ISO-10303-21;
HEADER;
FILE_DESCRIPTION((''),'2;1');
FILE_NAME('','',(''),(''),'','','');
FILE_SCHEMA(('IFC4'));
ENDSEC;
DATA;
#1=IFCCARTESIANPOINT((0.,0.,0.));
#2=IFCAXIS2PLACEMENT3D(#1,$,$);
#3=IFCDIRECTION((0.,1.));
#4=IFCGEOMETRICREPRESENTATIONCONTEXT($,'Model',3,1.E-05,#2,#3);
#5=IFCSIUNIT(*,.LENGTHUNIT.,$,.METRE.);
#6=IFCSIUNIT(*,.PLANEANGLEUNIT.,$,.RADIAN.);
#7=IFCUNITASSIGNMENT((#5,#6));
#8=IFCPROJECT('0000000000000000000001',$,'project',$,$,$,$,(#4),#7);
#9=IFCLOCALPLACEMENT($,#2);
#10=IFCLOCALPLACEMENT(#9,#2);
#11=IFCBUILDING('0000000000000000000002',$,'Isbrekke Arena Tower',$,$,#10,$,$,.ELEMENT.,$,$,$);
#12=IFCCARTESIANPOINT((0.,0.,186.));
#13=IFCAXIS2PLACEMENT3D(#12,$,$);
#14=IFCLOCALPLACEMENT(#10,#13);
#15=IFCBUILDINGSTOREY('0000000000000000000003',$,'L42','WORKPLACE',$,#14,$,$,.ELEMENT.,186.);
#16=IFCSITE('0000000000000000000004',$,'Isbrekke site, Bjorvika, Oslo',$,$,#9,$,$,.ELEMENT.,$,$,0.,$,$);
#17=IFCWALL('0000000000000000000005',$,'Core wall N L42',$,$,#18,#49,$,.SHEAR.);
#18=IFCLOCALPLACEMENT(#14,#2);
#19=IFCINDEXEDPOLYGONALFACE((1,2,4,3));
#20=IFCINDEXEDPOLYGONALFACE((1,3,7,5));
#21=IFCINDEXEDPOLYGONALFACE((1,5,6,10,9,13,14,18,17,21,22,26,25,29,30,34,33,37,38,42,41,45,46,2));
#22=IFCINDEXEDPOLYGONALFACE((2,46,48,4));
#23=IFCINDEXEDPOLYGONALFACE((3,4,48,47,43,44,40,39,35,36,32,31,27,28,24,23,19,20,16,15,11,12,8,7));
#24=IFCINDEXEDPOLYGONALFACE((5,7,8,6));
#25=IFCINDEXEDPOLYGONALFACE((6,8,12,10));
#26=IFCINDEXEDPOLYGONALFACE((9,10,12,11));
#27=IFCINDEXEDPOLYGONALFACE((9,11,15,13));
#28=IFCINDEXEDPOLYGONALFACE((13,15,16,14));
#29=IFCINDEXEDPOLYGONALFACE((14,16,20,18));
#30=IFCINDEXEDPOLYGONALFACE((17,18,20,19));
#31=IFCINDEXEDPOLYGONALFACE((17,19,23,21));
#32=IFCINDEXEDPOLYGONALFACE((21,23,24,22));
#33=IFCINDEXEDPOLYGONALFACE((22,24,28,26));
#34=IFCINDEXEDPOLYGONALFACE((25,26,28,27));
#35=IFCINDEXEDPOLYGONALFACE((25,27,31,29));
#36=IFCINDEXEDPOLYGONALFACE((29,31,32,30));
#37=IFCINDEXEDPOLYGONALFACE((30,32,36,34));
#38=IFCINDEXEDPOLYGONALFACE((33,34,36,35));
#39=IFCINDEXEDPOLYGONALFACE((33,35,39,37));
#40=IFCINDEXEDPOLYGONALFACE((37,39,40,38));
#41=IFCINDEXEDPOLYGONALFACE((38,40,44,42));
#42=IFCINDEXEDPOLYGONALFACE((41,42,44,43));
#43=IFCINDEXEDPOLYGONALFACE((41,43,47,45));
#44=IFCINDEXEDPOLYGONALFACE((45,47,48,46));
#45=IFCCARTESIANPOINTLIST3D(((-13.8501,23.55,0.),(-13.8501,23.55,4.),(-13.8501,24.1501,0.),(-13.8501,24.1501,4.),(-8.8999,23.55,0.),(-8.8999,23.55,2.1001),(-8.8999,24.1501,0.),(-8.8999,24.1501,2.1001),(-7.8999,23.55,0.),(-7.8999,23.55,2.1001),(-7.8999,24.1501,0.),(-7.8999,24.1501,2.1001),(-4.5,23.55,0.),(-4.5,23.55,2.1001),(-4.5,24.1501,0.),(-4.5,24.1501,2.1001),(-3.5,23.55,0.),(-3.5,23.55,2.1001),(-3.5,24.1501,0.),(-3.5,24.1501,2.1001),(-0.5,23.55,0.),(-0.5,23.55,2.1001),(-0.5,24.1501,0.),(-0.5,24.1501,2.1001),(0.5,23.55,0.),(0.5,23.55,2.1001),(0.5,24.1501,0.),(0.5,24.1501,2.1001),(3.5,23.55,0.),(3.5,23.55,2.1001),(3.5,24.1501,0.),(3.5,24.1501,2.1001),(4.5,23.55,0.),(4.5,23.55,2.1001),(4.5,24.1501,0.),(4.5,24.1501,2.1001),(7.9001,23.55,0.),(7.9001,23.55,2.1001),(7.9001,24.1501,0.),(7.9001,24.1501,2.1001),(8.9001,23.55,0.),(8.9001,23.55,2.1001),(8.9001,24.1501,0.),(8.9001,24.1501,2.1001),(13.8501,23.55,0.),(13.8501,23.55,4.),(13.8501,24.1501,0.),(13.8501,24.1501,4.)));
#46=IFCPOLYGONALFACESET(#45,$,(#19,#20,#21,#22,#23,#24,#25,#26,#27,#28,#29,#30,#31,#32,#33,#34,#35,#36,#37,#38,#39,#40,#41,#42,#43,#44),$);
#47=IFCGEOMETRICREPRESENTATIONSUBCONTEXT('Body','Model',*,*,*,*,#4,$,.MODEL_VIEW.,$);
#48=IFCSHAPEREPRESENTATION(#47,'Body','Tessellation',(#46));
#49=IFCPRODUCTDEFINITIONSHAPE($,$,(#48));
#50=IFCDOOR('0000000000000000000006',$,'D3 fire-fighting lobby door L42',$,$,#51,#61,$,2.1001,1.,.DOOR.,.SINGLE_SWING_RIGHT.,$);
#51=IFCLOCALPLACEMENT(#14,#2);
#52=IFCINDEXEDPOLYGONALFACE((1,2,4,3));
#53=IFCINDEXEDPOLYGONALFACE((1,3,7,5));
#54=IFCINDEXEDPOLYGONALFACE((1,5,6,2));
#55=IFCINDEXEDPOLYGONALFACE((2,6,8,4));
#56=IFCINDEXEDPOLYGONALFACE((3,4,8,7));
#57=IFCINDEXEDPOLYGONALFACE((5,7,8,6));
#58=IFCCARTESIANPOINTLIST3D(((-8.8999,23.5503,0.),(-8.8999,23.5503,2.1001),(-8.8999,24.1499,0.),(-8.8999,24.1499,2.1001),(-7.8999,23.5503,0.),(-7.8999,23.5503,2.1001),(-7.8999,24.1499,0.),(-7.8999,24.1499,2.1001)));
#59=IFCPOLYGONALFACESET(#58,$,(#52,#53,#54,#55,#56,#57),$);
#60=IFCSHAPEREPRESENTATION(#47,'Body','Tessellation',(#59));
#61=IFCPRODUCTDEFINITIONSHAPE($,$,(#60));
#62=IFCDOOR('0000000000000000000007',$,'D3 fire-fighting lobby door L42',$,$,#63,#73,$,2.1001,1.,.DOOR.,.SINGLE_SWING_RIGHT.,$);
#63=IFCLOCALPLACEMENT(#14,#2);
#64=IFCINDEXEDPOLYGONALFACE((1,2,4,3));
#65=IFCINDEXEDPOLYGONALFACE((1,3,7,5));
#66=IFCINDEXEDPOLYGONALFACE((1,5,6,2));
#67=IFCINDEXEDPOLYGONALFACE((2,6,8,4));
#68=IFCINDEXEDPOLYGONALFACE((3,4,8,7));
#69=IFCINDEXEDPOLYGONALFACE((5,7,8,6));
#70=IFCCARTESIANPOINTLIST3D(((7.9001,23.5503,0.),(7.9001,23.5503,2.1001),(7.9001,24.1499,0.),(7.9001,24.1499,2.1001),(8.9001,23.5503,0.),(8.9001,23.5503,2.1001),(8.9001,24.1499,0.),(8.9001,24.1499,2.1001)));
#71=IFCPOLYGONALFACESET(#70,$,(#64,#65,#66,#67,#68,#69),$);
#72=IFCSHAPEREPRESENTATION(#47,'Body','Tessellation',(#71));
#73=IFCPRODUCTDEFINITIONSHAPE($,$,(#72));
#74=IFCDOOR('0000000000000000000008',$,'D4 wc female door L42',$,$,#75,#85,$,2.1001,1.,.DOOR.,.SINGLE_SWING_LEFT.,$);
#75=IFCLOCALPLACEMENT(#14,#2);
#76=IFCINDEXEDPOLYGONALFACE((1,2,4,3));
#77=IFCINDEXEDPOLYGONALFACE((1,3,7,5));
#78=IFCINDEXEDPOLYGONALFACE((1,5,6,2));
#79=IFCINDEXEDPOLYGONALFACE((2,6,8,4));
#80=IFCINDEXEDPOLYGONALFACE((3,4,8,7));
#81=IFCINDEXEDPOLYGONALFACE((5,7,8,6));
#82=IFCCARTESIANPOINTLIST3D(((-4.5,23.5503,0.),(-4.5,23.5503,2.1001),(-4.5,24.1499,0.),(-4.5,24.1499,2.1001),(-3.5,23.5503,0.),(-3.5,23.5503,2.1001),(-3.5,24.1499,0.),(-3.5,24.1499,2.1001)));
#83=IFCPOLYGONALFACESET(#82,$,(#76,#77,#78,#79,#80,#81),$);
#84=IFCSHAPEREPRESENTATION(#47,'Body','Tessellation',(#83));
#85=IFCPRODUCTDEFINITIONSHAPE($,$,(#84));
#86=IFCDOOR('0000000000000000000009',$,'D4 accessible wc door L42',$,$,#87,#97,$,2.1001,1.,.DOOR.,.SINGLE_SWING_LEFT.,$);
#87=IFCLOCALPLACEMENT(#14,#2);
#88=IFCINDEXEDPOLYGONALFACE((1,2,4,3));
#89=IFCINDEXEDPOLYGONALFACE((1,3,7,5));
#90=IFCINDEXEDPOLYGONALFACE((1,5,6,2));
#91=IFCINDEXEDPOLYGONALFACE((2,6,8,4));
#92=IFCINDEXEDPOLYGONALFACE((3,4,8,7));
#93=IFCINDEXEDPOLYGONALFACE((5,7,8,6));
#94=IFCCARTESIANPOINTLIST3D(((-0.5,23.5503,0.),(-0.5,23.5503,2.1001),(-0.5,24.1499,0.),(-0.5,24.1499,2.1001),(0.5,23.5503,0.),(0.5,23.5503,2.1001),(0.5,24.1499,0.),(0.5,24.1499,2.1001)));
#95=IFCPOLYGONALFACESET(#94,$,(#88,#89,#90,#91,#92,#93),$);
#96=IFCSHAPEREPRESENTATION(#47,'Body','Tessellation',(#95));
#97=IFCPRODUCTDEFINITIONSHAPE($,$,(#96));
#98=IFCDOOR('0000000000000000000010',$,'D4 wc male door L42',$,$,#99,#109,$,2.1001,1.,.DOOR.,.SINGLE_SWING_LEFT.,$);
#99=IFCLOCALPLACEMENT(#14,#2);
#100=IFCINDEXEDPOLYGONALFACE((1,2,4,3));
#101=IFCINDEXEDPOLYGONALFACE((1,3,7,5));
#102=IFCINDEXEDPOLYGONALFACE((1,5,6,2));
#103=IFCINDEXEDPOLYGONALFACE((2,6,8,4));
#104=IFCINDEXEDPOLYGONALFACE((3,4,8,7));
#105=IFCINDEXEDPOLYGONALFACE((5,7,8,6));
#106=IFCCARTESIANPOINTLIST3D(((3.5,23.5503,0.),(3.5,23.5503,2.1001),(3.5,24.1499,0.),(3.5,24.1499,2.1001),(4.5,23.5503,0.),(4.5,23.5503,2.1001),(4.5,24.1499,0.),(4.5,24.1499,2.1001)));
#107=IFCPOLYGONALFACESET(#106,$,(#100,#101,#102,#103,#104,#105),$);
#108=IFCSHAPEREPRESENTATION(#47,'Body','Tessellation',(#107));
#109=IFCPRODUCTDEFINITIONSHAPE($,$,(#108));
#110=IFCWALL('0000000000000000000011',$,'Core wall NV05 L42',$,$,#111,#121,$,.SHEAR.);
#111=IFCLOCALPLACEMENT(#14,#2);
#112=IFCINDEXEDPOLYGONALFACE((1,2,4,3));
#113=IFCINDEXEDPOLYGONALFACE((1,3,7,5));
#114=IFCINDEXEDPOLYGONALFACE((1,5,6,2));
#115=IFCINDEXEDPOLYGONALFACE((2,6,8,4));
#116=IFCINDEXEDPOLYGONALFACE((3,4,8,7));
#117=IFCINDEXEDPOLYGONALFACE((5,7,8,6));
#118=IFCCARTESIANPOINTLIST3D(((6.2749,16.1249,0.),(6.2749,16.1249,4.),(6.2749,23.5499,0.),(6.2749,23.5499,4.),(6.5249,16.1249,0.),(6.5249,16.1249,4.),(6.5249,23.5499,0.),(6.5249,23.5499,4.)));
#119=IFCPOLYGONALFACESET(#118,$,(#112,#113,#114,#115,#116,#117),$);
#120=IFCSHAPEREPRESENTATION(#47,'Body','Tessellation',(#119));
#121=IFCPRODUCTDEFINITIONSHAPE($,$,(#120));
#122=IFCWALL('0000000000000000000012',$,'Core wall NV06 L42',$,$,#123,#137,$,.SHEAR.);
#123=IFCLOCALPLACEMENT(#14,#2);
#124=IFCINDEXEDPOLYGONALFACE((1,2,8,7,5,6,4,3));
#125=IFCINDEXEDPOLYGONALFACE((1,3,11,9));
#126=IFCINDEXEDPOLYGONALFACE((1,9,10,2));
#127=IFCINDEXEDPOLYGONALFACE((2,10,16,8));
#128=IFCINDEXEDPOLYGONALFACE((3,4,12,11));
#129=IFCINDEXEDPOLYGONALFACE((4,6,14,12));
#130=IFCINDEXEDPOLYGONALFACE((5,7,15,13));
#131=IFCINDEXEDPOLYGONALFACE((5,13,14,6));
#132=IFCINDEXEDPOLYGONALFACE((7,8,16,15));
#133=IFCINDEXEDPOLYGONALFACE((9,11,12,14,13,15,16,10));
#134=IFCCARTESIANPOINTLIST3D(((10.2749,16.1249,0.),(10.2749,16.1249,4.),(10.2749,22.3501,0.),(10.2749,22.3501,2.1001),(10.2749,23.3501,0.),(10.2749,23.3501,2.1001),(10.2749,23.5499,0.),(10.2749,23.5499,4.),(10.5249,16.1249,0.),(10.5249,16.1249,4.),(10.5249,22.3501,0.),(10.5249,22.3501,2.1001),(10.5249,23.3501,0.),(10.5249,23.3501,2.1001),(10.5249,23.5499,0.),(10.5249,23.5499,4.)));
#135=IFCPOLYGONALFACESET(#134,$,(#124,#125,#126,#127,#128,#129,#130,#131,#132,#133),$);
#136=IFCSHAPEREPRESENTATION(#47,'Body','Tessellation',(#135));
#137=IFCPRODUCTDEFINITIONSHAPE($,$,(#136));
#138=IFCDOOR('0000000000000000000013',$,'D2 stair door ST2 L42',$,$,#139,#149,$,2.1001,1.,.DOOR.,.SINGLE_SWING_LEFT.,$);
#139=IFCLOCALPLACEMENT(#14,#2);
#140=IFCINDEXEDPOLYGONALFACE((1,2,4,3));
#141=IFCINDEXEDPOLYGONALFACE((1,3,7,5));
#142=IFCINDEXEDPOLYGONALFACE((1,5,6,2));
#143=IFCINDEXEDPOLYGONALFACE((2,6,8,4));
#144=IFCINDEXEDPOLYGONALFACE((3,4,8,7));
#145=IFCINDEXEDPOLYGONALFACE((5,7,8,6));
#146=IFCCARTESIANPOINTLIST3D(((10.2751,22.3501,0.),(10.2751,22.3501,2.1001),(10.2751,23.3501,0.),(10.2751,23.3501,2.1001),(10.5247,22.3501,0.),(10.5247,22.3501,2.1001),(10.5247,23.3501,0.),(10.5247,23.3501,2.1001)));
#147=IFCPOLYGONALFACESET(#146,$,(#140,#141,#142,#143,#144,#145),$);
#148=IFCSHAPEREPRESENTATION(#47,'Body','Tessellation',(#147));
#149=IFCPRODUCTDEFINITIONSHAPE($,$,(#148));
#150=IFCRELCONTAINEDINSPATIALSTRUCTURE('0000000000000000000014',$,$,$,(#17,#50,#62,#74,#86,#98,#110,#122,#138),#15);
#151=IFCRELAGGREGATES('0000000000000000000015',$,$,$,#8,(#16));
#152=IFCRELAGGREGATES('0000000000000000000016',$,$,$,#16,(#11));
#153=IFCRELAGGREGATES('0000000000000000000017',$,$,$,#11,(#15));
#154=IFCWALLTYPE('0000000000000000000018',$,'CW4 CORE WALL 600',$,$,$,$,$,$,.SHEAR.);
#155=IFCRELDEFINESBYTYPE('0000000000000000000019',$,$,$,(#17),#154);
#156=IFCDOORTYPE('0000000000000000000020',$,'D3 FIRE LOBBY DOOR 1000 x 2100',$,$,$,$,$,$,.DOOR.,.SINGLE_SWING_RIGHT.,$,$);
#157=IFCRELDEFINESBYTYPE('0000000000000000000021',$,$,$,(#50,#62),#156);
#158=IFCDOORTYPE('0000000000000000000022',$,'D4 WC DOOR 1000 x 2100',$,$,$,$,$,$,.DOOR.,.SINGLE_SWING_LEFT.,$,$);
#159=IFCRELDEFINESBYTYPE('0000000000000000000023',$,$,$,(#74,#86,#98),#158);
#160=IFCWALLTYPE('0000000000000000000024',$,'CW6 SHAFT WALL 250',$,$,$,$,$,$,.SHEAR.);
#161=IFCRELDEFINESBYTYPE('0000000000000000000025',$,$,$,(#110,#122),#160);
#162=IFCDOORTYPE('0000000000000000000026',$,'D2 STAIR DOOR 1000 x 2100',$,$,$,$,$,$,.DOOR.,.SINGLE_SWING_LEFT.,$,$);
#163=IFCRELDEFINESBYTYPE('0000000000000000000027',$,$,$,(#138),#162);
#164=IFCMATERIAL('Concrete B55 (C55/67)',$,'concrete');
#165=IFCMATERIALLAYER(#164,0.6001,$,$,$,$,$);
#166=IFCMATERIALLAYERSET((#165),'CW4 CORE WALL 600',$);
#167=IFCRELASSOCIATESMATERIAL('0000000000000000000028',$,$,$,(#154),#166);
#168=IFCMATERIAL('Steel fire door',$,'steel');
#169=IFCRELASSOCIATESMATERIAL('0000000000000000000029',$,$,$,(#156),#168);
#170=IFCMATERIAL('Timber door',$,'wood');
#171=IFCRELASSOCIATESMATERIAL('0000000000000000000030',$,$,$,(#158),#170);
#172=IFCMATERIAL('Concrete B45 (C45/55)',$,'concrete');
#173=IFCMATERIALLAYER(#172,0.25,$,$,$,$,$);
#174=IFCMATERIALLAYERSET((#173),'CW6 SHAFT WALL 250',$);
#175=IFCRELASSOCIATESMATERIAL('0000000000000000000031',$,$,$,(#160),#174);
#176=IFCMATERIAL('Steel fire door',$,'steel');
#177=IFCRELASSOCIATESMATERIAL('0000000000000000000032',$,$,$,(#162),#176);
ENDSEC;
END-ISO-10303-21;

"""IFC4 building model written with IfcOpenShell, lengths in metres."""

from ifc_helpers import new_model, si_unit, direction, frame, frame_2d, origin, place, context, subcontext, project, spatial, rectangle, extrude, material, layer, layer_set, type_object, element, fill, save


model = new_model("IFC4")

# Units and contexts
model_context = context("Model", 3, precision=1e-05, world=origin(), true_north=direction((0.0, 1.0)))
body_context = subcontext(model_context, "Body", "Model", "MODEL_VIEW")
ifc_project = project(units=[si_unit("LENGTHUNIT", "METRE"), si_unit("PLANEANGLEUNIT", "RADIAN")], contexts=[model_context])

# Site, building, storey
site_placement = place(None, origin())
site = spatial("IfcSite", under=ifc_project, at=site_placement, Name="Isbrekke site, Bjorvika, Oslo", CompositionType="ELEMENT", RefElevation=0.0)
building_placement = place(site_placement, origin())
building = spatial("IfcBuilding", under=site, at=building_placement, Name="Isbrekke Arena Tower", CompositionType="ELEMENT")
storey_placement = place(building_placement, frame((0.0, 0.0, 186.0)))
storey = spatial("IfcBuildingStorey", under=building, at=storey_placement, Name="L42", Description="WORKPLACE", CompositionType="ELEMENT", Elevation=186.0)

# Wall, openings, doors
ifc_material_1 = material(Name="Concrete B55 (C55/67)", Category="concrete")
ifc_layer_1 = layer(ifc_material_1, 0.6001)
ifc_layer_set_1 = layer_set([ifc_layer_1], Name="CW4 CORE WALL 600")
wall_type_1 = type_object("IfcWallType", Name="CW4 CORE WALL 600", PredefinedType="SHEAR", material=ifc_layer_set_1)
wall_1_placement = place(storey_placement, frame((13.8501, 23.8501, 0.0), z_axis=(0.0, 0.0, 1.0), x_axis=(-1.0, 0.0, 0.0)))
wall_1 = element("IfcWall", 1, at=wall_1_placement, inside=storey, type_object=wall_type_1, Name="Core wall N L42", PredefinedType="SHEAR", context=body_context, shape_type="SweptSolid", body=[
    extrude(rectangle(XDim=27.7002, YDim=0.6001, at=frame_2d((13.8501, 0.0))), origin(), (0.0, 0.0, 1.0), 4.0),
])
opening_1_placement = place(wall_1_placement, frame((21.75, 0.0, 0.0)))
opening_1 = element("IfcOpeningElement", 2, at=opening_1_placement, cuts=wall_1, PredefinedType="OPENING", context=body_context, shape_type="SweptSolid", body=[
    extrude(rectangle(XDim=1.0, YDim=2.1001, at=frame_2d((0.5, 1.05))), frame((0.0, 0.3149, 0.0), z_axis=(0.0, -1.0, 0.0), x_axis=(1.0, 0.0, 0.0)), (0.0, 0.0, 1.0), 0.6299),
])
opening_2_placement = place(wall_1_placement, frame((4.95, 0.0, 0.0)))
opening_2 = element("IfcOpeningElement", 3, at=opening_2_placement, cuts=wall_1, PredefinedType="OPENING", context=body_context, shape_type="SweptSolid", body=[
    extrude(rectangle(XDim=1.0, YDim=2.1001, at=frame_2d((0.5, 1.05))), frame((0.0, 0.3149, 0.0), z_axis=(0.0, -1.0, 0.0), x_axis=(1.0, 0.0, 0.0)), (0.0, 0.0, 1.0), 0.6299),
])
opening_3_placement = place(wall_1_placement, frame((17.3501, 0.0, 0.0)))
opening_3 = element("IfcOpeningElement", 4, at=opening_3_placement, cuts=wall_1, PredefinedType="OPENING", context=body_context, shape_type="SweptSolid", body=[
    extrude(rectangle(XDim=1.0, YDim=2.1001, at=frame_2d((0.5, 1.05))), frame((0.0, 0.3149, 0.0), z_axis=(0.0, -1.0, 0.0), x_axis=(1.0, 0.0, 0.0)), (0.0, 0.0, 1.0), 0.6299),
])
opening_4_placement = place(wall_1_placement, frame((13.3501, 0.0, 0.0)))
opening_4 = element("IfcOpeningElement", 5, at=opening_4_placement, cuts=wall_1, PredefinedType="OPENING", context=body_context, shape_type="SweptSolid", body=[
    extrude(rectangle(XDim=1.0, YDim=2.1001, at=frame_2d((0.5, 1.05))), frame((0.0, 0.3149, 0.0), z_axis=(0.0, -1.0, 0.0), x_axis=(1.0, 0.0, 0.0)), (0.0, 0.0, 1.0), 0.6299),
])
opening_5_placement = place(wall_1_placement, frame((9.3501, 0.0, 0.0)))
opening_5 = element("IfcOpeningElement", 6, at=opening_5_placement, cuts=wall_1, PredefinedType="OPENING", context=body_context, shape_type="SweptSolid", body=[
    extrude(rectangle(XDim=1.0, YDim=2.1001, at=frame_2d((0.5, 1.05))), frame((0.0, 0.3149, 0.0), z_axis=(0.0, -1.0, 0.0), x_axis=(1.0, 0.0, 0.0)), (0.0, 0.0, 1.0), 0.6299),
])
ifc_material_2 = material(Name="Steel fire door", Category="steel")
door_type_1 = type_object("IfcDoorType", Name="D3 FIRE LOBBY DOOR 1000 x 2100", OperationType="SINGLE_SWING_RIGHT", PredefinedType="DOOR", material=ifc_material_2)
door_1_placement = place(opening_1_placement, origin())
door_1 = element("IfcDoor", 7, at=door_1_placement, inside=storey, type_object=door_type_1, Name="D3 fire-fighting lobby door L42", OperationType="SINGLE_SWING_RIGHT", OverallHeight=2.1001, OverallWidth=1.0, PredefinedType="DOOR", context=body_context, shape_type="SweptSolid", body=[
    extrude(rectangle(XDim=1.0, YDim=2.1001, at=frame_2d((0.5, 1.05))), frame((0.0, 0.2998, 0.0), z_axis=(0.0, -1.0, 0.0), x_axis=(1.0, 0.0, 0.0)), (0.0, 0.0, 1.0), 0.5996),
])
fill(opening_1, door_1)
door_2_placement = place(opening_2_placement, origin())
door_2 = element("IfcDoor", 8, at=door_2_placement, inside=storey, type_object=door_type_1, Name="D3 fire-fighting lobby door L42", OperationType="SINGLE_SWING_RIGHT", OverallHeight=2.1001, OverallWidth=1.0, PredefinedType="DOOR", context=body_context, shape_type="SweptSolid", body=[
    extrude(rectangle(XDim=1.0, YDim=2.1001, at=frame_2d((0.5, 1.05))), frame((0.0, 0.2998, 0.0), z_axis=(0.0, -1.0, 0.0), x_axis=(1.0, 0.0, 0.0)), (0.0, 0.0, 1.0), 0.5996),
])
fill(opening_2, door_2)
ifc_material_3 = material(Name="Timber door", Category="wood")
door_type_2 = type_object("IfcDoorType", Name="D4 WC DOOR 1000 x 2100", OperationType="SINGLE_SWING_LEFT", PredefinedType="DOOR", material=ifc_material_3)
door_3_placement = place(opening_3_placement, origin())
door_3 = element("IfcDoor", 9, at=door_3_placement, inside=storey, type_object=door_type_2, Name="D4 wc female door L42", OperationType="SINGLE_SWING_LEFT", OverallHeight=2.1001, OverallWidth=1.0, PredefinedType="DOOR", context=body_context, shape_type="SweptSolid", body=[
    extrude(rectangle(XDim=1.0, YDim=2.1001, at=frame_2d((0.5, 1.05))), frame((0.0, 0.2998, 0.0), z_axis=(0.0, -1.0, 0.0), x_axis=(1.0, 0.0, 0.0)), (0.0, 0.0, 1.0), 0.5996),
])
fill(opening_3, door_3)
door_4_placement = place(opening_4_placement, origin())
door_4 = element("IfcDoor", 10, at=door_4_placement, inside=storey, type_object=door_type_2, Name="D4 accessible wc door L42", OperationType="SINGLE_SWING_LEFT", OverallHeight=2.1001, OverallWidth=1.0, PredefinedType="DOOR", context=body_context, shape_type="SweptSolid", body=[
    extrude(rectangle(XDim=1.0, YDim=2.1001, at=frame_2d((0.5, 1.05))), frame((0.0, 0.2998, 0.0), z_axis=(0.0, -1.0, 0.0), x_axis=(1.0, 0.0, 0.0)), (0.0, 0.0, 1.0), 0.5996),
])
fill(opening_4, door_4)
door_5_placement = place(opening_5_placement, origin())
door_5 = element("IfcDoor", 11, at=door_5_placement, inside=storey, type_object=door_type_2, Name="D4 wc male door L42", OperationType="SINGLE_SWING_LEFT", OverallHeight=2.1001, OverallWidth=1.0, PredefinedType="DOOR", context=body_context, shape_type="SweptSolid", body=[
    extrude(rectangle(XDim=1.0, YDim=2.1001, at=frame_2d((0.5, 1.05))), frame((0.0, 0.2998, 0.0), z_axis=(0.0, -1.0, 0.0), x_axis=(1.0, 0.0, 0.0)), (0.0, 0.0, 1.0), 0.5996),
])
fill(opening_5, door_5)

# Wall
ifc_material_4 = material(Name="Concrete B45 (C45/55)", Category="concrete")
ifc_layer_2 = layer(ifc_material_4, 0.25)
ifc_layer_set_2 = layer_set([ifc_layer_2], Name="CW6 SHAFT WALL 250")
wall_type_2 = type_object("IfcWallType", Name="CW6 SHAFT WALL 250", PredefinedType="SHEAR", material=ifc_layer_set_2)
wall_2_placement = place(storey_placement, frame((6.3999, 16.125, 0.0), z_axis=(0.0, 0.0, 1.0), x_axis=(0.0, 1.0, 0.0)))
element("IfcWall", 12, at=wall_2_placement, inside=storey, type_object=wall_type_2, Name="Core wall NV05 L42", PredefinedType="SHEAR", context=body_context, shape_type="SweptSolid", body=[
    extrude(rectangle(XDim=7.425, YDim=0.25, at=frame_2d((3.7124, 0.0))), origin(), (0.0, 0.0, 1.0), 4.0),
])

# Wall, opening, door
wall_3_placement = place(storey_placement, frame((10.3999, 16.125, 0.0), z_axis=(0.0, 0.0, 1.0), x_axis=(0.0, 1.0, 0.0)))
wall_3 = element("IfcWall", 13, at=wall_3_placement, inside=storey, type_object=wall_type_2, Name="Core wall NV06 L42", PredefinedType="SHEAR", context=body_context, shape_type="SweptSolid", body=[
    extrude(rectangle(XDim=7.425, YDim=0.25, at=frame_2d((3.7124, 0.0))), origin(), (0.0, 0.0, 1.0), 4.0),
])
opening_6_placement = place(wall_3_placement, frame((6.2251, 0.0, 0.0)))
opening_6 = element("IfcOpeningElement", 14, at=opening_6_placement, cuts=wall_3, PredefinedType="OPENING", context=body_context, shape_type="SweptSolid", body=[
    extrude(rectangle(XDim=1.0, YDim=2.1001, at=frame_2d((0.5, 1.05))), frame((0.0, 0.1399, 0.0), z_axis=(0.0, -1.0, 0.0), x_axis=(1.0, 0.0, 0.0)), (0.0, 0.0, 1.0), 0.2798),
])
ifc_material_5 = material(Name="Steel fire door", Category="steel")
door_type_3 = type_object("IfcDoorType", Name="D2 STAIR DOOR 1000 x 2100", OperationType="SINGLE_SWING_LEFT", PredefinedType="DOOR", material=ifc_material_5)
door_6_placement = place(opening_6_placement, origin())
door_6 = element("IfcDoor", 15, at=door_6_placement, inside=storey, type_object=door_type_3, Name="D2 stair door ST2 L42", OperationType="SINGLE_SWING_LEFT", OverallHeight=2.1001, OverallWidth=1.0, PredefinedType="DOOR", context=body_context, shape_type="SweptSolid", body=[
    extrude(rectangle(XDim=1.0, YDim=2.1001, at=frame_2d((0.5, 1.05))), frame((0.0, 0.1248, 0.0), z_axis=(0.0, -1.0, 0.0), x_axis=(1.0, 0.0, 0.0)), (0.0, 0.0, 1.0), 0.2495),
])
fill(opening_6, door_6)

save(model, "model.ifc")
